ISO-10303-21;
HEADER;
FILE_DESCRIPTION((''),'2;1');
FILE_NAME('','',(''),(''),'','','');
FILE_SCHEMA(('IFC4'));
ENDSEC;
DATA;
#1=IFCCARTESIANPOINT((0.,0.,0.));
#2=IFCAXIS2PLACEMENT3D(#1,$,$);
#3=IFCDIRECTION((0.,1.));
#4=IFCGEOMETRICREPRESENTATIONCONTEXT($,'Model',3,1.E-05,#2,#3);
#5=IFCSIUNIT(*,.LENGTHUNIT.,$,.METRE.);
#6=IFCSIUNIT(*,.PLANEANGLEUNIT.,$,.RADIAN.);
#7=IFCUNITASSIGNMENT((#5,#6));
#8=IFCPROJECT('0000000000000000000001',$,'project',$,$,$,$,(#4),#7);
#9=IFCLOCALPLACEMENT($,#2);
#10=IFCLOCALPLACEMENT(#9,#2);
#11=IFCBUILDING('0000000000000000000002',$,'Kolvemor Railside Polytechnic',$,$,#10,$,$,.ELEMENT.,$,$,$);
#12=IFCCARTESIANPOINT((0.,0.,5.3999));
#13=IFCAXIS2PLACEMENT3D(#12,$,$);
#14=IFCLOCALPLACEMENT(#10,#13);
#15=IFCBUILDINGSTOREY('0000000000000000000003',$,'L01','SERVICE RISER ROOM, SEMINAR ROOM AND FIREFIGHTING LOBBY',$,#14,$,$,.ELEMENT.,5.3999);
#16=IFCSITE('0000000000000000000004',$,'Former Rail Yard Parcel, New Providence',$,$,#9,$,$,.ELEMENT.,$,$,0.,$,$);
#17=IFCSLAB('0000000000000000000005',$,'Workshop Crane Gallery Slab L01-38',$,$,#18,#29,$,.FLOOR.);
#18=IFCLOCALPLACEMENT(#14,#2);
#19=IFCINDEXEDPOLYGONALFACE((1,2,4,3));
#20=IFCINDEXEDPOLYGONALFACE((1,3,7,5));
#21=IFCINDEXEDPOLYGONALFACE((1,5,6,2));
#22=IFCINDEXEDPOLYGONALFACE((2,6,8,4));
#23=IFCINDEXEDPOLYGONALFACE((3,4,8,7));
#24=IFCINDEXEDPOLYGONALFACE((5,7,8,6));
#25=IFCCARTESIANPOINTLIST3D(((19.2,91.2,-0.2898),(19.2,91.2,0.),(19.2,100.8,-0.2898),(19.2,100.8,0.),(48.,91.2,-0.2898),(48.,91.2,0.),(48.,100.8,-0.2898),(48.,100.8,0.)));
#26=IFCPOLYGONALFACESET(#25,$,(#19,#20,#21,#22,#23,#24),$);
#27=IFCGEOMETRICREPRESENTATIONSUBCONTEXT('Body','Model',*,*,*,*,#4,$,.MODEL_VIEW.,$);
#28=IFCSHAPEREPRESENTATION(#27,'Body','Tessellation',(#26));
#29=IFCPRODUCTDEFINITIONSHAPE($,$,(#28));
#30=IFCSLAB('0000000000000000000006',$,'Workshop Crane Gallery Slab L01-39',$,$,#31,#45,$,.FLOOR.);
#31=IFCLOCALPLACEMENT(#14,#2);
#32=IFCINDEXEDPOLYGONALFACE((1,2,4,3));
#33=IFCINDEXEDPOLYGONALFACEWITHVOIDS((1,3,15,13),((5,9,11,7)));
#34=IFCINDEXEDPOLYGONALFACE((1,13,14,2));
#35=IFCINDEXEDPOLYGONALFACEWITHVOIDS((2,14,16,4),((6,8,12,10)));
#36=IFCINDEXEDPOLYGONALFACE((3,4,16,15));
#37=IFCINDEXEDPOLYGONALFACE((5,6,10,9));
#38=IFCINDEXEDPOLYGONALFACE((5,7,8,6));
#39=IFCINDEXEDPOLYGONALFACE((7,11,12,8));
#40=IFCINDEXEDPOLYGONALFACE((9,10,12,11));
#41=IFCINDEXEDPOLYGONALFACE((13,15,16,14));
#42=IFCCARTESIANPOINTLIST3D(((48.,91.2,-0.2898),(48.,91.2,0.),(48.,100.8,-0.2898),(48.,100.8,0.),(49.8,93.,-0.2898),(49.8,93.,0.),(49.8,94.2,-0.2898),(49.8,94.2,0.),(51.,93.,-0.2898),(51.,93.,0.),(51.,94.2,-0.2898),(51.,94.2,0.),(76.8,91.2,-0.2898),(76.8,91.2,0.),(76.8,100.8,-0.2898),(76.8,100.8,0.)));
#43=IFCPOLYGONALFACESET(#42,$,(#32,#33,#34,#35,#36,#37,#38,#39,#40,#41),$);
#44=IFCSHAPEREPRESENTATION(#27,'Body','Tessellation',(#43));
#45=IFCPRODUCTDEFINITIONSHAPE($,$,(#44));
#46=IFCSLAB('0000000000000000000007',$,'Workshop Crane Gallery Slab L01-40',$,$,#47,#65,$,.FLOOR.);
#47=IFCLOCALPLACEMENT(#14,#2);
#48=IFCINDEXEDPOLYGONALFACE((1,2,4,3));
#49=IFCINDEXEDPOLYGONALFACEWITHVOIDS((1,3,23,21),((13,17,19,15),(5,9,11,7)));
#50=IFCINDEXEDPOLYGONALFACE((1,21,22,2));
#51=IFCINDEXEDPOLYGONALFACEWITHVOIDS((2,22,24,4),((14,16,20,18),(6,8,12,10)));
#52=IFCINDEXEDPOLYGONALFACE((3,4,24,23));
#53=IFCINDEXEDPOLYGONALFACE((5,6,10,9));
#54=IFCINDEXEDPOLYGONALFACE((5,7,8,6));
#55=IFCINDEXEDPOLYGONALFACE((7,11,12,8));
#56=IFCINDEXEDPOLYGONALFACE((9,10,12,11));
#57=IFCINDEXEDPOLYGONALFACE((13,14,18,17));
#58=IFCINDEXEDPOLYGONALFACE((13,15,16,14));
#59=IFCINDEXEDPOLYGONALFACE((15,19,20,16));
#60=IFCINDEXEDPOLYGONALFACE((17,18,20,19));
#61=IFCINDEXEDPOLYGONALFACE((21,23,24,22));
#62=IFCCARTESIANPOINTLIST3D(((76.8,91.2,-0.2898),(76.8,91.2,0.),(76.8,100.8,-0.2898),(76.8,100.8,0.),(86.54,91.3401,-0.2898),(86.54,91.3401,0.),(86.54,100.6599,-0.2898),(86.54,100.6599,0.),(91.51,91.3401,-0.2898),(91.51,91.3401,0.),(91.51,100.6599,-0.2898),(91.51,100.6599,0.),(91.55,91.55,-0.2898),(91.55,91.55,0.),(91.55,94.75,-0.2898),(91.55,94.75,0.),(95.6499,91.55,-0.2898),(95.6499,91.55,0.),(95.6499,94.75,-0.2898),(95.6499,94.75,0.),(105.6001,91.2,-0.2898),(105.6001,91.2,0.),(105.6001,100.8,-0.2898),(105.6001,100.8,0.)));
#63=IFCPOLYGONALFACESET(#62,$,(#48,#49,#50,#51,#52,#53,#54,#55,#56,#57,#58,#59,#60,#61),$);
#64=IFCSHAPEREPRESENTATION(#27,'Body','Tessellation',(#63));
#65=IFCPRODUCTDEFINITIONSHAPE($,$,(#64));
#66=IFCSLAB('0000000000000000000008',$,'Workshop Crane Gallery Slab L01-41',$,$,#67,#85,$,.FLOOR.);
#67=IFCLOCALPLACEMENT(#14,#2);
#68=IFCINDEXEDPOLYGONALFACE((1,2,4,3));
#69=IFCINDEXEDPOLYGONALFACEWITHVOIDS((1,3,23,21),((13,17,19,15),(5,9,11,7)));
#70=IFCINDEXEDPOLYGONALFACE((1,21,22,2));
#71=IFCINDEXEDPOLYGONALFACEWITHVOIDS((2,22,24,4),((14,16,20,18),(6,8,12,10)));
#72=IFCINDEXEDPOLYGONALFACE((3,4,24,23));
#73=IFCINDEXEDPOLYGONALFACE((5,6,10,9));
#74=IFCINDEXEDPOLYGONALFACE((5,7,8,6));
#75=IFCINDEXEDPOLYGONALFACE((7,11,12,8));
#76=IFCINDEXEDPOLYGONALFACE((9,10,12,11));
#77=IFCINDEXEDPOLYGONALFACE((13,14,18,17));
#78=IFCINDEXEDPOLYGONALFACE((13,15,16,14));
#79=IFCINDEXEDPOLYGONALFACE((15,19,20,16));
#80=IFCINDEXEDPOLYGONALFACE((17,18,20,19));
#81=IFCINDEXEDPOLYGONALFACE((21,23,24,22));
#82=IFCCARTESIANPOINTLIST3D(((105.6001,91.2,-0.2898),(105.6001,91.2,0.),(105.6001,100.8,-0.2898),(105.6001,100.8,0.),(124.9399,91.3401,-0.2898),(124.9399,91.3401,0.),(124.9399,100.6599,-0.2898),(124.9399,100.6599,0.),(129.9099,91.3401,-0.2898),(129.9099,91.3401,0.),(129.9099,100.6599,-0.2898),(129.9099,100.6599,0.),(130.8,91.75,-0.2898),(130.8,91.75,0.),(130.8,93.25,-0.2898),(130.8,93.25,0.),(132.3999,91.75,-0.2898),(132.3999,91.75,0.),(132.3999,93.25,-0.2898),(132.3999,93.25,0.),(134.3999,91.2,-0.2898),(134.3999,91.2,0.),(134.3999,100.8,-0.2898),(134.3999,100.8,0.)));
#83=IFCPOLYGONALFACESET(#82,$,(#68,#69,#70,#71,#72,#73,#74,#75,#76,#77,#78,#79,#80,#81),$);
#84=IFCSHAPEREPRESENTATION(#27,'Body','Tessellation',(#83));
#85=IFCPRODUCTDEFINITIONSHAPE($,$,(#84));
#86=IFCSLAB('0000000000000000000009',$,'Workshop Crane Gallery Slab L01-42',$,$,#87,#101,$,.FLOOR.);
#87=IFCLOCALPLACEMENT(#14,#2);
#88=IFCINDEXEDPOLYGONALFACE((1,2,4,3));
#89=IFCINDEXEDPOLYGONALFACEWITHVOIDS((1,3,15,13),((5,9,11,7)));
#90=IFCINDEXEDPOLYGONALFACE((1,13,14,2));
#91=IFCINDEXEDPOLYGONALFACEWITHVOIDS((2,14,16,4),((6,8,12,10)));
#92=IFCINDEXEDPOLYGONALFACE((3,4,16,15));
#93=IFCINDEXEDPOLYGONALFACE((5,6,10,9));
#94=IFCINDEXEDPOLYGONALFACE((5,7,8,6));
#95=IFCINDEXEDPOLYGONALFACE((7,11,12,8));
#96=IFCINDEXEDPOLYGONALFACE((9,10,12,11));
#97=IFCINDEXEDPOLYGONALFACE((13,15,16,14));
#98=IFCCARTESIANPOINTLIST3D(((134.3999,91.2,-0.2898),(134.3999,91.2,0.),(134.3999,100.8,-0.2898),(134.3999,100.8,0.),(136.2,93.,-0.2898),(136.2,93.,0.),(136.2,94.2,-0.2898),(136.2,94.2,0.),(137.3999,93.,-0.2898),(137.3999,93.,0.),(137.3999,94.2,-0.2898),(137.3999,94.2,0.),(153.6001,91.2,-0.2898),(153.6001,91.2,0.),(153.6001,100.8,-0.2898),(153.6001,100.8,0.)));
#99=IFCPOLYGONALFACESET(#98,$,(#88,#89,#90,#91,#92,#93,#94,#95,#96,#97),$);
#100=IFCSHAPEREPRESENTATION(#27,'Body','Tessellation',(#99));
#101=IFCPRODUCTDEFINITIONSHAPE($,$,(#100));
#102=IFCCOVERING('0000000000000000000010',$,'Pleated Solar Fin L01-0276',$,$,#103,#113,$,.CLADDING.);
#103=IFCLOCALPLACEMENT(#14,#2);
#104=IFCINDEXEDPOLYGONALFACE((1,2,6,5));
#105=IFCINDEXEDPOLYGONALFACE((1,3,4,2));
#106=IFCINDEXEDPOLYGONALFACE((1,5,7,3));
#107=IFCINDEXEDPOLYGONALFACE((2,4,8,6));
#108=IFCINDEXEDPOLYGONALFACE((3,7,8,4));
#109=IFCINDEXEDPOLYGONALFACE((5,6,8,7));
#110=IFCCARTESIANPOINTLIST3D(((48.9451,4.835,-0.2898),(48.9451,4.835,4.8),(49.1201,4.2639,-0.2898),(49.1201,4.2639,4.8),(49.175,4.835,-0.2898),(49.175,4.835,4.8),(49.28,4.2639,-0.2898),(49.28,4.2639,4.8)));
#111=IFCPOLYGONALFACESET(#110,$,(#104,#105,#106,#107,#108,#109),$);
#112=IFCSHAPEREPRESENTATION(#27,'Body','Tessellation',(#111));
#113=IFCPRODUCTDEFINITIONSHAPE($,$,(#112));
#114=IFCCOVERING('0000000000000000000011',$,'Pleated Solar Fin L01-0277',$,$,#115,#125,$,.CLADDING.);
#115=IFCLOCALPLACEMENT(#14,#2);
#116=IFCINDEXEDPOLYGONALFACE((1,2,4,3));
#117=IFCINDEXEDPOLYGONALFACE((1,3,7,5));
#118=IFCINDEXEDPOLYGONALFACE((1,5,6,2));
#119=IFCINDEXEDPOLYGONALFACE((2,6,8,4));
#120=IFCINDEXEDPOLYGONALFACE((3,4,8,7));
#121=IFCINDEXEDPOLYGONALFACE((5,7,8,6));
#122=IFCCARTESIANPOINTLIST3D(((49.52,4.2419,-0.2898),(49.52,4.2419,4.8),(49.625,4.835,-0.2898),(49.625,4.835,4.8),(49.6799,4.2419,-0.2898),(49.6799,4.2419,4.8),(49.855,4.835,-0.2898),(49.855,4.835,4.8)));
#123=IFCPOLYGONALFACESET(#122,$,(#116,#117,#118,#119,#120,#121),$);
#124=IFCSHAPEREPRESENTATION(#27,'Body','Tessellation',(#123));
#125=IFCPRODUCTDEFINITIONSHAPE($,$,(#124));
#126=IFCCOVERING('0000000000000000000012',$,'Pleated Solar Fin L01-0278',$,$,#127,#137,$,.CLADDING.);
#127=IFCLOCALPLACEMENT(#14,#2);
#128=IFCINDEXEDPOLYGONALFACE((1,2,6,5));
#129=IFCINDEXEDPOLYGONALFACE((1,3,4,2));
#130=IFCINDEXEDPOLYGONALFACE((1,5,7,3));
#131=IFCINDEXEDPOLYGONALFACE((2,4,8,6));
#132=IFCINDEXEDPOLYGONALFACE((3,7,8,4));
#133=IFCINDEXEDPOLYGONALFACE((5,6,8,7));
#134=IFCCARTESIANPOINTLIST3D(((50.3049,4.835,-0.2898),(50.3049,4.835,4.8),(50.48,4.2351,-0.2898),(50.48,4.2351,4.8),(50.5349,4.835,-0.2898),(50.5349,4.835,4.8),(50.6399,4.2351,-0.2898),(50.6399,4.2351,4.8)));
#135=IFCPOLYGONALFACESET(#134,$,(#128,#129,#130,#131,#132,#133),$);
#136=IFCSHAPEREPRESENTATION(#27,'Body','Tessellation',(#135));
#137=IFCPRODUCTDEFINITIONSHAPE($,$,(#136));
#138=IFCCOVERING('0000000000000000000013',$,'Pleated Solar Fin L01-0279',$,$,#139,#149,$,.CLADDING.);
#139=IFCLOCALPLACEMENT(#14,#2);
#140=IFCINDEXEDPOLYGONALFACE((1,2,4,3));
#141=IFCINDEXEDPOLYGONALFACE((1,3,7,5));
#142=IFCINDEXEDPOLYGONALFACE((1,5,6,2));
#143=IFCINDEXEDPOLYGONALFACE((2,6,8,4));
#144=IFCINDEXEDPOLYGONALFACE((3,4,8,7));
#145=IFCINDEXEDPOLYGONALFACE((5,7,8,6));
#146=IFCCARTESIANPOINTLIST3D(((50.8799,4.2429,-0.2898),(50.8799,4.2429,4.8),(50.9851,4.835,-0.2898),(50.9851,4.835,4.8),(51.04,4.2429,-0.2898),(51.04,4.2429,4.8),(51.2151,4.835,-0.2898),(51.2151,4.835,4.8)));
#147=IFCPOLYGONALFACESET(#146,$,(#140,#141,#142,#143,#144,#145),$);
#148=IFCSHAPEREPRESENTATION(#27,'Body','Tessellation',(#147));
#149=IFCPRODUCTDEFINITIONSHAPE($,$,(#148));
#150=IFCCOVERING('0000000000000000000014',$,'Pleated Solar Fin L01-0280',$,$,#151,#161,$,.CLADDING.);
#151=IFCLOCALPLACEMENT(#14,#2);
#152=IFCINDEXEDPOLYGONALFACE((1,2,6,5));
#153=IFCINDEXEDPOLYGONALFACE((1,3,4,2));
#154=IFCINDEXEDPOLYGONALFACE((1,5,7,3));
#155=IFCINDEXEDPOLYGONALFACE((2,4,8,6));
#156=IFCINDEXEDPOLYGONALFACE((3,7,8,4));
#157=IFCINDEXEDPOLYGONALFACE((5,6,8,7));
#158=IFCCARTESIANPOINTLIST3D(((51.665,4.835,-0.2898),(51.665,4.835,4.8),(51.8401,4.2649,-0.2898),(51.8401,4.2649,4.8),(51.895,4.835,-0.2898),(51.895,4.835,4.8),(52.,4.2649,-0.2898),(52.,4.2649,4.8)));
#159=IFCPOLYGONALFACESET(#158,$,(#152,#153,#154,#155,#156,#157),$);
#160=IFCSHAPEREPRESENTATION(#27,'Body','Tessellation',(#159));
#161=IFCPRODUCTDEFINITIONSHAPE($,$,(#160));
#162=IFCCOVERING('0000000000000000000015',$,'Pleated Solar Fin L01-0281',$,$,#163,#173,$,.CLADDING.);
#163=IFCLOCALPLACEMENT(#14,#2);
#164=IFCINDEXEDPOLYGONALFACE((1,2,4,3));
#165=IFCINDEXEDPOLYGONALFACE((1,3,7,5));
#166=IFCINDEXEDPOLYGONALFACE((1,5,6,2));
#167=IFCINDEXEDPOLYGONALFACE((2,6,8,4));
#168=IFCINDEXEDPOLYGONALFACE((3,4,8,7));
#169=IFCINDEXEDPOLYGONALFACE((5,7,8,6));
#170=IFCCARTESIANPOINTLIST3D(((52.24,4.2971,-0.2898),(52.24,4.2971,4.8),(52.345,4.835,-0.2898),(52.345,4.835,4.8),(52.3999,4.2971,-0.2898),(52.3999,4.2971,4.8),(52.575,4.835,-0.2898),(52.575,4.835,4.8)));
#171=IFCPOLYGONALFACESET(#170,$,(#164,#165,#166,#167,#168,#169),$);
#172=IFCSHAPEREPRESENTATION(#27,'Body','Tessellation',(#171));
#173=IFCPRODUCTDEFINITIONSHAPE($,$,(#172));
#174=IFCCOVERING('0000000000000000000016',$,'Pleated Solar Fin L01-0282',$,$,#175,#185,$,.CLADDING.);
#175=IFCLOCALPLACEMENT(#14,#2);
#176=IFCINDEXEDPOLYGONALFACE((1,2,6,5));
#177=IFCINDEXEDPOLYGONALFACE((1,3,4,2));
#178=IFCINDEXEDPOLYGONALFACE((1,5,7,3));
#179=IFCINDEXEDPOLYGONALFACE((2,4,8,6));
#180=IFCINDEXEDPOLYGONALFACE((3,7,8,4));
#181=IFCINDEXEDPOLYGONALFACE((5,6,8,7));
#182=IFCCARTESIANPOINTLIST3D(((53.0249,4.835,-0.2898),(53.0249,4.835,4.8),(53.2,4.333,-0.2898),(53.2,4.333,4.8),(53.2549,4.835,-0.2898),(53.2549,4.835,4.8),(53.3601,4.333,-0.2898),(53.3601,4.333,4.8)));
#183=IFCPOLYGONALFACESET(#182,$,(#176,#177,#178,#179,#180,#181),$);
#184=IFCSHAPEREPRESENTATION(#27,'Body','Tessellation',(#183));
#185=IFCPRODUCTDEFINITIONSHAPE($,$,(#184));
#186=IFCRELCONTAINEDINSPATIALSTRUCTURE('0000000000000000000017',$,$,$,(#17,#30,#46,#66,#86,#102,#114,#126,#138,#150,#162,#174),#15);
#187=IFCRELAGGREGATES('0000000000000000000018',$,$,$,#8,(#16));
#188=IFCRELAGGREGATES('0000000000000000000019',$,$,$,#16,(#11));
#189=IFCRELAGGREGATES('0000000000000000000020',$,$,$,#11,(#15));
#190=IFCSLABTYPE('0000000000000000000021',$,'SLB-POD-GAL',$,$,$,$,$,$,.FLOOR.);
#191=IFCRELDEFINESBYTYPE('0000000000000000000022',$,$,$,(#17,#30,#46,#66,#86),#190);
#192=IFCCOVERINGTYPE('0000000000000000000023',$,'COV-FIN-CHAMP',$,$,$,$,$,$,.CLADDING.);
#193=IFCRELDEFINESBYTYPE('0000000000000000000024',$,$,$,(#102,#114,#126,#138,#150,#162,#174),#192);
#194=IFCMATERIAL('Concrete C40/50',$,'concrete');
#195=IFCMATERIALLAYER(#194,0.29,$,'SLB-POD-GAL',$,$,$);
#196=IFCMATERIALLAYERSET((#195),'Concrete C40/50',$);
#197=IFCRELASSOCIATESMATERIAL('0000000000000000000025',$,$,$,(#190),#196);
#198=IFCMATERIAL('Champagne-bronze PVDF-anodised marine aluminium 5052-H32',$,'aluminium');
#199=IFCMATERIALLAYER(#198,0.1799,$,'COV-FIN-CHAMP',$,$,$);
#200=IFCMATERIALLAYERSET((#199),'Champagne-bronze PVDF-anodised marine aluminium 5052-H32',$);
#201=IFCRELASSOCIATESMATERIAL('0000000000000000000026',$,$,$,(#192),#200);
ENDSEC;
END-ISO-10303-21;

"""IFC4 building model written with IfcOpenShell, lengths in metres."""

from ifc_helpers import new_model, si_unit, direction, frame, origin, place, context, subcontext, project, spatial, polyline, outline, extrude, material, layer, layer_set, type_object, element, save


model = new_model("IFC4")

# Units and contexts
model_context = context("Model", 3, precision=1e-05, world=origin(), true_north=direction((0.0, 1.0)))
body_context = subcontext(model_context, "Body", "Model", "MODEL_VIEW")
ifc_project = project(units=[si_unit("LENGTHUNIT", "METRE"), si_unit("PLANEANGLEUNIT", "RADIAN")], contexts=[model_context])

# Site, building, storey
site_placement = place(None, origin())
site = spatial("IfcSite", under=ifc_project, at=site_placement, Name="Former Rail Yard Parcel, New Providence", CompositionType="ELEMENT", RefElevation=0.0)
building_placement = place(site_placement, origin())
building = spatial("IfcBuilding", under=site, at=building_placement, Name="Kolvemor Railside Polytechnic", CompositionType="ELEMENT")
storey_placement = place(building_placement, frame((0.0, 0.0, 5.3999)))
storey = spatial("IfcBuildingStorey", under=building, at=storey_placement, Name="L01", Description="SERVICE RISER ROOM, SEMINAR ROOM AND FIREFIGHTING LOBBY", CompositionType="ELEMENT", Elevation=5.3999)

# Slabs
ifc_material_1 = material(Name="Concrete C40/50", Category="concrete")
ifc_layer_1 = layer(ifc_material_1, 0.29, Name="SLB-POD-GAL")
ifc_layer_set_1 = layer_set([ifc_layer_1], Name="Concrete C40/50")
slab_type = type_object("IfcSlabType", Name="SLB-POD-GAL", PredefinedType="FLOOR", material=ifc_layer_set_1)
slab_1_placement = place(storey_placement, frame((0.0, 0.0, -0.2898)))
element("IfcSlab", 1, at=slab_1_placement, inside=storey, type_object=slab_type, Name="Workshop Crane Gallery Slab L01-38", PredefinedType="FLOOR", context=body_context, shape_type="SweptSolid", body=[
    extrude(outline(polyline([(19.2, 91.2), (48.0, 91.2), (48.0, 100.8), (19.2, 100.8), (19.2, 91.2)])), origin(), (0.0, 0.0, 1.0), 0.2898),
])
slab_2_placement = place(storey_placement, frame((0.0, 0.0, -0.2898)))
element("IfcSlab", 2, at=slab_2_placement, inside=storey, type_object=slab_type, Name="Workshop Crane Gallery Slab L01-39", PredefinedType="FLOOR", context=body_context, shape_type="SweptSolid", body=[
    extrude(outline(polyline([(48.0, 91.2), (76.8, 91.2), (76.8, 100.8), (48.0, 100.8), (48.0, 91.2)]), holes=[polyline([(49.8, 93.0), (51.0, 93.0), (51.0, 94.2), (49.8, 94.2), (49.8, 93.0)])]), origin(), (0.0, 0.0, 1.0), 0.2898),
])
slab_3_placement = place(storey_placement, frame((0.0, 0.0, -0.2898)))
element("IfcSlab", 3, at=slab_3_placement, inside=storey, type_object=slab_type, Name="Workshop Crane Gallery Slab L01-40", PredefinedType="FLOOR", context=body_context, shape_type="SweptSolid", body=[
    extrude(outline(polyline([(76.8, 91.2), (105.6001, 91.2), (105.6001, 100.8), (76.8, 100.8), (76.8, 91.2)]), holes=[polyline([(86.54, 91.3401), (91.51, 91.3401), (91.51, 100.6599), (86.54, 100.6599), (86.54, 91.3401)]), polyline([(91.55, 91.55), (95.6499, 91.55), (95.6499, 94.75), (91.55, 94.75), (91.55, 91.55)])]), origin(), (0.0, 0.0, 1.0), 0.2898),
])
slab_4_placement = place(storey_placement, frame((0.0, 0.0, -0.2898)))
element("IfcSlab", 4, at=slab_4_placement, inside=storey, type_object=slab_type, Name="Workshop Crane Gallery Slab L01-41", PredefinedType="FLOOR", context=body_context, shape_type="SweptSolid", body=[
    extrude(outline(polyline([(105.6001, 91.2), (134.3999, 91.2), (134.3999, 100.8), (105.6001, 100.8), (105.6001, 91.2)]), holes=[polyline([(124.9399, 91.3401), (129.9099, 91.3401), (129.9099, 100.6599), (124.9399, 100.6599), (124.9399, 91.3401)]), polyline([(130.8, 91.75), (132.3999, 91.75), (132.3999, 93.25), (130.8, 93.25), (130.8, 91.75)])]), origin(), (0.0, 0.0, 1.0), 0.2898),
])
slab_5_placement = place(storey_placement, frame((0.0, 0.0, -0.2898)))
element("IfcSlab", 5, at=slab_5_placement, inside=storey, type_object=slab_type, Name="Workshop Crane Gallery Slab L01-42", PredefinedType="FLOOR", context=body_context, shape_type="SweptSolid", body=[
    extrude(outline(polyline([(134.3999, 91.2), (153.6001, 91.2), (153.6001, 100.8), (134.3999, 100.8), (134.3999, 91.2)]), holes=[polyline([(136.2, 93.0), (137.3999, 93.0), (137.3999, 94.2), (136.2, 94.2), (136.2, 93.0)])]), origin(), (0.0, 0.0, 1.0), 0.2898),
])

# Coverings
ifc_material_2 = material(Name="Champagne-bronze PVDF-anodised marine aluminium 5052-H32", Category="aluminium")
ifc_layer_2 = layer(ifc_material_2, 0.1799, Name="COV-FIN-CHAMP")
ifc_layer_set_2 = layer_set([ifc_layer_2], Name="Champagne-bronze PVDF-anodised marine aluminium 5052-H32")
covering_type_1 = type_object("IfcCoveringType", Name="COV-FIN-CHAMP", PredefinedType="CLADDING", material=ifc_layer_set_2)
covering_1_placement = place(storey_placement, frame((0.0, 0.0, -0.2898)))
element("IfcCovering", 6, at=covering_1_placement, inside=storey, type_object=covering_type_1, Name="Pleated Solar Fin L01-0276", PredefinedType="CLADDING", context=body_context, shape_type="SweptSolid", body=[
    extrude(outline(polyline([(48.9451, 4.835), (49.175, 4.835), (49.28, 4.2639), (49.1201, 4.2639), (48.9451, 4.835)])), origin(), (0.0, 0.0, 1.0), 5.0898),
])
covering_2_placement = place(storey_placement, frame((0.0, 0.0, -0.2898)))
element("IfcCovering", 7, at=covering_2_placement, inside=storey, type_object=covering_type_1, Name="Pleated Solar Fin L01-0277", PredefinedType="CLADDING", context=body_context, shape_type="SweptSolid", body=[
    extrude(outline(polyline([(49.625, 4.835), (49.855, 4.835), (49.6799, 4.2419), (49.52, 4.2419), (49.625, 4.835)])), origin(), (0.0, 0.0, 1.0), 5.0898),
])
covering_3_placement = place(storey_placement, frame((0.0, 0.0, -0.2898)))
element("IfcCovering", 8, at=covering_3_placement, inside=storey, type_object=covering_type_1, Name="Pleated Solar Fin L01-0278", PredefinedType="CLADDING", context=body_context, shape_type="SweptSolid", body=[
    extrude(outline(polyline([(50.3049, 4.835), (50.5349, 4.835), (50.6399, 4.2351), (50.48, 4.2351), (50.3049, 4.835)])), origin(), (0.0, 0.0, 1.0), 5.0898),
])
covering_4_placement = place(storey_placement, frame((0.0, 0.0, -0.2898)))
element("IfcCovering", 9, at=covering_4_placement, inside=storey, type_object=covering_type_1, Name="Pleated Solar Fin L01-0279", PredefinedType="CLADDING", context=body_context, shape_type="SweptSolid", body=[
    extrude(outline(polyline([(50.9851, 4.835), (51.2151, 4.835), (51.04, 4.2429), (50.8799, 4.2429), (50.9851, 4.835)])), origin(), (0.0, 0.0, 1.0), 5.0898),
])
covering_5_placement = place(storey_placement, frame((0.0, 0.0, -0.2898)))
element("IfcCovering", 10, at=covering_5_placement, inside=storey, type_object=covering_type_1, Name="Pleated Solar Fin L01-0280", PredefinedType="CLADDING", context=body_context, shape_type="SweptSolid", body=[
    extrude(outline(polyline([(51.665, 4.835), (51.895, 4.835), (52.0, 4.2649), (51.8401, 4.2649), (51.665, 4.835)])), origin(), (0.0, 0.0, 1.0), 5.0898),
])
covering_6_placement = place(storey_placement, frame((0.0, 0.0, -0.2898)))
element("IfcCovering", 11, at=covering_6_placement, inside=storey, type_object=covering_type_1, Name="Pleated Solar Fin L01-0281", PredefinedType="CLADDING", context=body_context, shape_type="SweptSolid", body=[
    extrude(outline(polyline([(52.345, 4.835), (52.575, 4.835), (52.3999, 4.2971), (52.24, 4.2971), (52.345, 4.835)])), origin(), (0.0, 0.0, 1.0), 5.0898),
])
covering_7_placement = place(storey_placement, frame((0.0, 0.0, -0.2898)))
element("IfcCovering", 12, at=covering_7_placement, inside=storey, type_object=covering_type_1, Name="Pleated Solar Fin L01-0282", PredefinedType="CLADDING", context=body_context, shape_type="SweptSolid", body=[
    extrude(outline(polyline([(53.0249, 4.835), (53.2549, 4.835), (53.3601, 4.333), (53.2, 4.333), (53.0249, 4.835)])), origin(), (0.0, 0.0, 1.0), 5.0898),
])

save(model, "model.ifc")
